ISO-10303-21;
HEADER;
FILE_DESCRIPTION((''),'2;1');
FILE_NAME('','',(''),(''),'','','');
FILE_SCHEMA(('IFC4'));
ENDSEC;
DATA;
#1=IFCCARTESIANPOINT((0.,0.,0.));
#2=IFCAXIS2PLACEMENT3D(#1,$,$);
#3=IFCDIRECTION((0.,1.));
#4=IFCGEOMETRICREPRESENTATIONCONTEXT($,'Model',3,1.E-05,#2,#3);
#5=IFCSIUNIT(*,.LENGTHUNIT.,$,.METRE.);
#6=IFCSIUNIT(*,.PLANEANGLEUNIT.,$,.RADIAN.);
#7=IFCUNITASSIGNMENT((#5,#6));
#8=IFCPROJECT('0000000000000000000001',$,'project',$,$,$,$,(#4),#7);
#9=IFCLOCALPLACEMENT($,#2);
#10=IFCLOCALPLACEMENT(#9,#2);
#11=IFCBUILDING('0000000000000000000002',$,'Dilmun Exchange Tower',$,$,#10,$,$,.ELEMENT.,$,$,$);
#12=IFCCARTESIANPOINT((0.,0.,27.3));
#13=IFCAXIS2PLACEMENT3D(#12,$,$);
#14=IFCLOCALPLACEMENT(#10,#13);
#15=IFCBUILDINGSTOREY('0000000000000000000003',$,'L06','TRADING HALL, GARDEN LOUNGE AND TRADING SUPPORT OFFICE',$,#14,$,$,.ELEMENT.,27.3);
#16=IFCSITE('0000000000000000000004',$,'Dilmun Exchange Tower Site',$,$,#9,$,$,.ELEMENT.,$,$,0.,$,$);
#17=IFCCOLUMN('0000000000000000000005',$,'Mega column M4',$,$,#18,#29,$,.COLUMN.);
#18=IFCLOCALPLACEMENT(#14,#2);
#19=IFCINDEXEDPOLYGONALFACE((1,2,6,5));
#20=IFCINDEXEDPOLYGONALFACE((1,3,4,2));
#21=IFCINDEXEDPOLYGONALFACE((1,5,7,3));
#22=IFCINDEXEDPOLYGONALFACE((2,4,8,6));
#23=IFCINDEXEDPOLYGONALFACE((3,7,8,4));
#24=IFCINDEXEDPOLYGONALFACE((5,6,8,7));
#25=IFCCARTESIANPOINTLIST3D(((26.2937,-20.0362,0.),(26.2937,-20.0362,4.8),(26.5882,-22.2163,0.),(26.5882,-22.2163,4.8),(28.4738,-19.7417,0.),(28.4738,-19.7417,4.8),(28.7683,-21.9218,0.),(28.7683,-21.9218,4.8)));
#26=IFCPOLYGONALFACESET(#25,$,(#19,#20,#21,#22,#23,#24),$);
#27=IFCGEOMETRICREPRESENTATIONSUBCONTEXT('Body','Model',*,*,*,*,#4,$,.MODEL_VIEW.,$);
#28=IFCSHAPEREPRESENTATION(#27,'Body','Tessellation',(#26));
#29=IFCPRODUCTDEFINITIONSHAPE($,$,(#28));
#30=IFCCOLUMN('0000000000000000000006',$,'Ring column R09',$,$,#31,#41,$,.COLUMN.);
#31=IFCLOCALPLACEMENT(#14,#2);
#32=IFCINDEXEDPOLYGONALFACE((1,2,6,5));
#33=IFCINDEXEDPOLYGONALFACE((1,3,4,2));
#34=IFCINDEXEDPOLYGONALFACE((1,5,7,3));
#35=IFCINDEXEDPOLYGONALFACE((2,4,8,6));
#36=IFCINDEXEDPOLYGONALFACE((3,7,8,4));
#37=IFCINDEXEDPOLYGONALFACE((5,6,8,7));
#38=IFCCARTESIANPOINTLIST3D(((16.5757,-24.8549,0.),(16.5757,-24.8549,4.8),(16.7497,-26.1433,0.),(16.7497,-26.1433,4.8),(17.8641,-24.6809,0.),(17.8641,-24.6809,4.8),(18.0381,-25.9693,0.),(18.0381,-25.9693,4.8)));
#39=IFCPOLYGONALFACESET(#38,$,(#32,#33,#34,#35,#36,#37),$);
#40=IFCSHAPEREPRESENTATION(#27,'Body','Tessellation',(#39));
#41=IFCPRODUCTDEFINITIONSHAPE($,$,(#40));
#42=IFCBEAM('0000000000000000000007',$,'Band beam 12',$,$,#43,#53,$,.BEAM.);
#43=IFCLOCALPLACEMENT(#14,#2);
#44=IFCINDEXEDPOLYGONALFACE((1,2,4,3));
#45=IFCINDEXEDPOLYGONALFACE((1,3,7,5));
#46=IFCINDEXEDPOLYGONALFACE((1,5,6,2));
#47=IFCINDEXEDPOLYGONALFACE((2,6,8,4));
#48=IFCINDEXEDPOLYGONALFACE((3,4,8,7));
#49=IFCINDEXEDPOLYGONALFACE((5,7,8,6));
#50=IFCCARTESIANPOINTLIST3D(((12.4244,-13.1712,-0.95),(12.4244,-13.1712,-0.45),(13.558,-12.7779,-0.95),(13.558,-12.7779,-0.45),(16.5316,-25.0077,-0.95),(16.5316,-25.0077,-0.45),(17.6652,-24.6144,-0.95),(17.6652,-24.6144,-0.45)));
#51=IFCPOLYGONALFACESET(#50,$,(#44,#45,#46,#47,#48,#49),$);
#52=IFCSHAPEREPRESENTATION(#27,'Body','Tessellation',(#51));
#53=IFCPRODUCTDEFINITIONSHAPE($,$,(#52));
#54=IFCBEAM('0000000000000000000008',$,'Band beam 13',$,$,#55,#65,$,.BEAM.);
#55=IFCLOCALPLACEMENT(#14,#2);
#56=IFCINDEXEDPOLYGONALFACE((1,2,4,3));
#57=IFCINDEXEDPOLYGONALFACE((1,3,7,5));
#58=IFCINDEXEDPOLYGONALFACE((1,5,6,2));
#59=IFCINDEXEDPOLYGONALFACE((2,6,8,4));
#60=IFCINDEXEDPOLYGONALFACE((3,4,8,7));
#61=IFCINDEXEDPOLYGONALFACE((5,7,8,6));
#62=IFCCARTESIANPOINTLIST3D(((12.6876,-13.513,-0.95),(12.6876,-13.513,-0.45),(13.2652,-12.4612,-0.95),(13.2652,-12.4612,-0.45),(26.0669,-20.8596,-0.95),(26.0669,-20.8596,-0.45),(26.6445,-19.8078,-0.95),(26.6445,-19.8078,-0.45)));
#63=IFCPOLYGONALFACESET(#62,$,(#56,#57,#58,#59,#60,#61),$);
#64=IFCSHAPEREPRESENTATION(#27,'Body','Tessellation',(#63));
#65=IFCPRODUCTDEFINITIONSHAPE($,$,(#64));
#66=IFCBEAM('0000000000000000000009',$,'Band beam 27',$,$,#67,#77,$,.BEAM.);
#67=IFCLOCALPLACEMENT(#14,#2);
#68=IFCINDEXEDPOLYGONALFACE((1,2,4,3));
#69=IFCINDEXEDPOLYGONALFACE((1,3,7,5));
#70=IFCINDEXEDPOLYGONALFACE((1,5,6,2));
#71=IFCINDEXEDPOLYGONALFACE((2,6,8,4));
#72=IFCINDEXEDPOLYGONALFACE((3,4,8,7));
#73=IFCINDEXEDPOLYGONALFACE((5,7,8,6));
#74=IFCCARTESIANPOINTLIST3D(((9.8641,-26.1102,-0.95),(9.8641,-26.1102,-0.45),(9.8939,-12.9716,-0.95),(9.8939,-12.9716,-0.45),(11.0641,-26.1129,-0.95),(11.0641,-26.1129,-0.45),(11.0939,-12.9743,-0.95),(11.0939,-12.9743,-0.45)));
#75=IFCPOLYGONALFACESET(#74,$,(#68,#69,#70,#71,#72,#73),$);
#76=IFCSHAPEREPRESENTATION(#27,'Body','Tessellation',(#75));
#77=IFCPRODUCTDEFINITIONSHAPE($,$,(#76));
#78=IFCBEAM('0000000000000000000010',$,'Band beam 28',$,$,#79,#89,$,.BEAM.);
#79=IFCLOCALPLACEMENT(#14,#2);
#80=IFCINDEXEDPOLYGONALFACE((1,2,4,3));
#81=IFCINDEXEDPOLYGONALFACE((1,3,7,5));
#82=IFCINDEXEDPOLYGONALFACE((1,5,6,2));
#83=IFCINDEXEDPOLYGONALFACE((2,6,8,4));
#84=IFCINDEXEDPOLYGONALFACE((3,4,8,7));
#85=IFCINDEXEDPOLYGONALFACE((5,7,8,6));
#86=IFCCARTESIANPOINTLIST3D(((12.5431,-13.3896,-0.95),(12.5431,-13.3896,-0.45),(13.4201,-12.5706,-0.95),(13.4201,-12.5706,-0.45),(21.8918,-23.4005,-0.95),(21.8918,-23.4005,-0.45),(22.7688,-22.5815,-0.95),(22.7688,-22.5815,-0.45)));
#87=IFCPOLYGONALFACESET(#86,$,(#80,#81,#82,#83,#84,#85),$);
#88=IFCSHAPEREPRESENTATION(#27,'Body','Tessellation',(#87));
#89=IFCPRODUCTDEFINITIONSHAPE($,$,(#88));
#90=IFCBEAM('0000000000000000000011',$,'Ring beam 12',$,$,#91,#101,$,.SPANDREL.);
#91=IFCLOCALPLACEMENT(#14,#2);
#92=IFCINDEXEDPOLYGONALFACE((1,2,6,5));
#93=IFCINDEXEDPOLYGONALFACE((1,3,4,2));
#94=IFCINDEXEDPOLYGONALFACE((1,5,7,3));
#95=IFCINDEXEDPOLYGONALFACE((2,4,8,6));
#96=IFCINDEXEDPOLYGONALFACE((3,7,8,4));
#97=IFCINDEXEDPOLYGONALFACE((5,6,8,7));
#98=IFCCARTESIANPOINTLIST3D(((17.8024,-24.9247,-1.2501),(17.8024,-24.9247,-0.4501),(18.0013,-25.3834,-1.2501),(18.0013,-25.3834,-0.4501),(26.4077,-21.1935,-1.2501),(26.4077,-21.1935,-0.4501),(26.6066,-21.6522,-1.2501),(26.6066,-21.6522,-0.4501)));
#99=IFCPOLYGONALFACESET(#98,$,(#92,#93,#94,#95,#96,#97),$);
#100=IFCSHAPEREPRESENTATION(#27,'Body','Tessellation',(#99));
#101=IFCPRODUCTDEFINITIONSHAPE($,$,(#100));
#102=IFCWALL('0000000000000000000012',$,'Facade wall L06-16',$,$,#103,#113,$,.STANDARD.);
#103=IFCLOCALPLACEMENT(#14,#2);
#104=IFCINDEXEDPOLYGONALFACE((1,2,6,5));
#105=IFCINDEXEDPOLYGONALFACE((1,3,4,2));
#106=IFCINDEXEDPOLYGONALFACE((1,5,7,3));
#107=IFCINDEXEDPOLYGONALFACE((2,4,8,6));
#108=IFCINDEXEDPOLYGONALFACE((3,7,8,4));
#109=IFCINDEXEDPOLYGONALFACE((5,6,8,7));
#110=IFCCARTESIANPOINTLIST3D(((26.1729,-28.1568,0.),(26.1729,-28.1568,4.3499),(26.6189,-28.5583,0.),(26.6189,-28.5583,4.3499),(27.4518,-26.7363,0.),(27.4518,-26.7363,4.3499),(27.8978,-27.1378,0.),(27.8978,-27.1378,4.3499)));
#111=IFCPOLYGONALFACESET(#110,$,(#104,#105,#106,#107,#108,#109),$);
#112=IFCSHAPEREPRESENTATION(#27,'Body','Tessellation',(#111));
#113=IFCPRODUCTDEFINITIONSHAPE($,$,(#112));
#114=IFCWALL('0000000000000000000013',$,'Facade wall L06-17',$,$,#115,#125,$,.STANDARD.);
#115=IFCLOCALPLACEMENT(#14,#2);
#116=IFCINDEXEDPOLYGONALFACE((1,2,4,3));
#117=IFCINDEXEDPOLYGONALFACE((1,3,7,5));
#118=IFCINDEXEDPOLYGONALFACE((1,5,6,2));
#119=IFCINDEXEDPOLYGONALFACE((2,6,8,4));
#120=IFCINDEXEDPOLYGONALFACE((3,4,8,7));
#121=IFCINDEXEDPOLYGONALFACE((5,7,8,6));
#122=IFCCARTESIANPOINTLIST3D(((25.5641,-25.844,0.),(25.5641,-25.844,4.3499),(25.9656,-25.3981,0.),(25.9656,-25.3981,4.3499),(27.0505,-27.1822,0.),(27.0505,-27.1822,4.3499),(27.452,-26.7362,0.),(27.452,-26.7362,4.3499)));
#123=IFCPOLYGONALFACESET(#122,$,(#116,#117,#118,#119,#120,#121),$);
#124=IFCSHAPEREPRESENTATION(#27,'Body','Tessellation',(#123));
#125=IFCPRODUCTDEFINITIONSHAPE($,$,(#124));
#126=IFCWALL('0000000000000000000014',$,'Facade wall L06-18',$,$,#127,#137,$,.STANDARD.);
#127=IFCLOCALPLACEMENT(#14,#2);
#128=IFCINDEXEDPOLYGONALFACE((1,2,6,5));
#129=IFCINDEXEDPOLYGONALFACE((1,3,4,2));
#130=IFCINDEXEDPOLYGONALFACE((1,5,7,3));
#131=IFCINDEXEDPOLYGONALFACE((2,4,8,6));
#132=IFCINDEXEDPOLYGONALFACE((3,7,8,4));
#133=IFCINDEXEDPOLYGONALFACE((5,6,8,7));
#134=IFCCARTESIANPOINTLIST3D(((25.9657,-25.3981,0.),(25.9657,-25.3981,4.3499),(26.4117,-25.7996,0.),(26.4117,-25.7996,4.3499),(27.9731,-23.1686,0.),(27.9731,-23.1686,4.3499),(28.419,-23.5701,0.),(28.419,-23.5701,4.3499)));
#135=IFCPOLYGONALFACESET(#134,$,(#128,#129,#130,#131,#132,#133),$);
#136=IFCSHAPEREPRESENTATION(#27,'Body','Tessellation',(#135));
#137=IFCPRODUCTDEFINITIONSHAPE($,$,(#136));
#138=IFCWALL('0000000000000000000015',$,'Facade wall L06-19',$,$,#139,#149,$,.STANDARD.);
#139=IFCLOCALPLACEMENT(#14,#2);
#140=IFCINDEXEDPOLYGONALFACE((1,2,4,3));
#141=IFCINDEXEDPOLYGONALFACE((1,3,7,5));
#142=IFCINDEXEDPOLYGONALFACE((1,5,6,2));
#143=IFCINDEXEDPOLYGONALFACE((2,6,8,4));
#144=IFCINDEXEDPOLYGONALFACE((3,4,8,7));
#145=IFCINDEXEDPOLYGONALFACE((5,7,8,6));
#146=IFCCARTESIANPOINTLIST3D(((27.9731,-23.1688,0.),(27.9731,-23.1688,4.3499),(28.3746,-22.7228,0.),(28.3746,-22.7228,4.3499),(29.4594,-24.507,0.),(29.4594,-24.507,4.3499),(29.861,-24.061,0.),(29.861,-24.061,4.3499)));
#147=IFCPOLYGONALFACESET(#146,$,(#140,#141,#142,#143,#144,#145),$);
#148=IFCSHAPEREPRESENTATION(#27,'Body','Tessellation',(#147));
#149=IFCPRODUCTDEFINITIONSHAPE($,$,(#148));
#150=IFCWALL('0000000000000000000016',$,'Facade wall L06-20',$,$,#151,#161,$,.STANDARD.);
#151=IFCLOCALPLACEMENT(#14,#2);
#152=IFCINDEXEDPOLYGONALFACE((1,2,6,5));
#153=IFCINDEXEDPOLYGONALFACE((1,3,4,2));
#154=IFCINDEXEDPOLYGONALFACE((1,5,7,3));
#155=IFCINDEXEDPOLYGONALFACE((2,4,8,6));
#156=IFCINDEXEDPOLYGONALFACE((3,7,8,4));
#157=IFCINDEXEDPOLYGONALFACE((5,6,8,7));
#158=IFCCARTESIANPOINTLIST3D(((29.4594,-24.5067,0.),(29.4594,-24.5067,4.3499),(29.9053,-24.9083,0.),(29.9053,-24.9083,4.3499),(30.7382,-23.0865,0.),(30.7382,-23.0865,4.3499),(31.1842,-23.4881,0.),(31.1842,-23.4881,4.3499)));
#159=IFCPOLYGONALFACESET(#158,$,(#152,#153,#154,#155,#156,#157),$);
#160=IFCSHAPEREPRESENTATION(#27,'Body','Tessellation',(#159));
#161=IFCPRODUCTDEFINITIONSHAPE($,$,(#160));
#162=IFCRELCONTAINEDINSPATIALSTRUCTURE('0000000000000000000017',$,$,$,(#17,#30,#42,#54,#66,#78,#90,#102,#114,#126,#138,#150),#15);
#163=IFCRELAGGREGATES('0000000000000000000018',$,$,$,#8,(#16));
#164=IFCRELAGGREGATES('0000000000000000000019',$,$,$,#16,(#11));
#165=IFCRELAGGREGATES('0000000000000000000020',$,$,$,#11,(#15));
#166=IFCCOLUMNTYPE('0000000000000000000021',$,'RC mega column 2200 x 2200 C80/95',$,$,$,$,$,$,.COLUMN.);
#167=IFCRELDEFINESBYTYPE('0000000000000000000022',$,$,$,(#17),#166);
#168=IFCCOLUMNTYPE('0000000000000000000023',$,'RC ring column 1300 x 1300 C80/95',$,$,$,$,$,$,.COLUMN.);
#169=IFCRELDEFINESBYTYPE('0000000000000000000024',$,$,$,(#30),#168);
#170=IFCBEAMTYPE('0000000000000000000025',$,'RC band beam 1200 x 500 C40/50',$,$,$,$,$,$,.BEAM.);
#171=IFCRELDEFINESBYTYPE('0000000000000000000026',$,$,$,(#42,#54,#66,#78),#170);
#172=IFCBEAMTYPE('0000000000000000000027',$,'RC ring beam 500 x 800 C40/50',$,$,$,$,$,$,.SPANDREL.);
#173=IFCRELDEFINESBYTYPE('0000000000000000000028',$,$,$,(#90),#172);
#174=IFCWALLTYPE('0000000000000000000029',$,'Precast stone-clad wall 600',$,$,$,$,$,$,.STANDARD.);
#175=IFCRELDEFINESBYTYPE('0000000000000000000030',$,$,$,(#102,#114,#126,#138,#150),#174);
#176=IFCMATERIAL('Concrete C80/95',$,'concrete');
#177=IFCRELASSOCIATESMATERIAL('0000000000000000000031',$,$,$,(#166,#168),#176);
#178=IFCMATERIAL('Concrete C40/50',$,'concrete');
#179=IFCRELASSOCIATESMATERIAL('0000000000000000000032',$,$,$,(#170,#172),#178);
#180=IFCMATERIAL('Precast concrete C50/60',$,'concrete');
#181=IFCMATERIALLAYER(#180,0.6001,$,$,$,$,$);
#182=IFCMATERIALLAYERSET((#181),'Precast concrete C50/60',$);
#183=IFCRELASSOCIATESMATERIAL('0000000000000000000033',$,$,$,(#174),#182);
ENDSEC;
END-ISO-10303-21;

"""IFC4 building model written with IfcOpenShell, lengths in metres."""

from ifc_helpers import new_model, si_unit, direction, frame, frame_2d, origin, origin_2d, place, context, subcontext, project, spatial, rectangle, extrude, material, layer, layer_set, material_profile, profile_set, type_object, element, save


model = new_model("IFC4")

# Units and contexts
model_context = context("Model", 3, precision=1e-05, world=origin(), true_north=direction((0.0, 1.0)))
body_context = subcontext(model_context, "Body", "Model", "MODEL_VIEW")
ifc_project = project(units=[si_unit("LENGTHUNIT", "METRE"), si_unit("PLANEANGLEUNIT", "RADIAN")], contexts=[model_context])

# Site, building, storey
site_placement = place(None, origin())
site = spatial("IfcSite", under=ifc_project, at=site_placement, Name="Dilmun Exchange Tower Site", CompositionType="ELEMENT", RefElevation=0.0)
building_placement = place(site_placement, origin())
building = spatial("IfcBuilding", under=site, at=building_placement, Name="Dilmun Exchange Tower", CompositionType="ELEMENT")
storey_placement = place(building_placement, frame((0.0, 0.0, 27.3)))
storey = spatial("IfcBuildingStorey", under=building, at=storey_placement, Name="L06", Description="TRADING HALL, GARDEN LOUNGE AND TRADING SUPPORT OFFICE", CompositionType="ELEMENT", Elevation=27.3)

# Columns
ifc_material_1 = material(Name="Concrete C80/95", Category="concrete")
ifc_material_profile_1 = material_profile(ifc_material_1, rectangle(XDim=2.2, YDim=2.2, at=origin_2d()), Name="2200 x 2200")
ifc_profile_set_1 = profile_set([ifc_material_profile_1], Name="Concrete C80/95")
column_type_1 = type_object("IfcColumnType", Name="RC mega column 2200 x 2200 C80/95", PredefinedType="COLUMN", material=ifc_profile_set_1)
column_1_placement = place(storey_placement, frame((27.531, -20.979, 0.0), z_axis=(0.0, 0.0, 1.0), x_axis=(0.991001, 0.133853, 0.0)))
element("IfcColumn", 1, at=column_1_placement, inside=storey, type_object=column_type_1, Name="Mega column M4", PredefinedType="COLUMN", context=body_context, shape_type="SweptSolid", body=[
    extrude(rectangle(XDim=2.2, YDim=2.2, at=origin_2d()), origin(), (0.0, 0.0, 1.0), 4.8),
])
ifc_material_profile_2 = material_profile(ifc_material_1, rectangle(XDim=1.3, YDim=1.3, at=origin_2d()), Name="1300 x 1300")
ifc_profile_set_2 = profile_set([ifc_material_profile_2], Name="Concrete C80/95")
column_type_2 = type_object("IfcColumnType", Name="RC ring column 1300 x 1300 C80/95", PredefinedType="COLUMN", material=ifc_profile_set_2)
column_2_placement = place(storey_placement, frame((17.3069, -25.4121, 0.0), z_axis=(0.0, 0.0, 1.0), x_axis=(0.991001, 0.133853, 0.0)))
element("IfcColumn", 2, at=column_2_placement, inside=storey, type_object=column_type_2, Name="Ring column R09", PredefinedType="COLUMN", context=body_context, shape_type="SweptSolid", body=[
    extrude(rectangle(XDim=1.3, YDim=1.3, at=origin_2d()), origin(), (0.0, 0.0, 1.0), 4.8),
])

# Beams
ifc_material_2 = material(Name="Concrete C40/50", Category="concrete")
ifc_material_profile_3 = material_profile(ifc_material_2, rectangle(XDim=1.2, YDim=0.5, at=origin_2d()), Name="1200 x 500")
ifc_profile_set_3 = profile_set([ifc_material_profile_3], Name="Concrete C40/50")
beam_type_1 = type_object("IfcBeamType", Name="RC band beam 1200 x 500 C40/50", PredefinedType="BEAM", material=ifc_profile_set_3)
beam_1_placement = place(storey_placement, frame((17.0984, -24.811, -0.7), z_axis=(-0.32782, 0.94474, 0.0), x_axis=(-0.94474, -0.32782, 0.0)))
element("IfcBeam", 3, at=beam_1_placement, inside=storey, type_object=beam_type_1, Name="Band beam 12", PredefinedType="BEAM", context=body_context, shape_type="SweptSolid", body=[
    extrude(rectangle(XDim=1.2, YDim=0.5, at=origin_2d()), origin(), (0.0, 0.0, 1.0), 12.5288),
])
beam_2_placement = place(storey_placement, frame((26.3557, -20.3337, -0.7), z_axis=(-0.876547, 0.481316, 0.0), x_axis=(-0.481316, -0.876547, 0.0)))
element("IfcBeam", 4, at=beam_2_placement, inside=storey, type_object=beam_type_1, Name="Band beam 13", PredefinedType="BEAM", context=body_context, shape_type="SweptSolid", body=[
    extrude(rectangle(XDim=1.2, YDim=0.5, at=origin_2d()), origin(), (0.0, 0.0, 1.0), 15.2637),
])
beam_3_placement = place(storey_placement, frame((10.4641, -26.1116, -0.7), z_axis=(0.002267, 0.999997, 0.0), x_axis=(-0.999997, 0.002267, 0.0)))
element("IfcBeam", 5, at=beam_3_placement, inside=storey, type_object=beam_type_1, Name="Band beam 27", PredefinedType="BEAM", context=body_context, shape_type="SweptSolid", body=[
    extrude(rectangle(XDim=1.2, YDim=0.5, at=origin_2d()), origin(), (0.0, 0.0, 1.0), 13.1387),
])
beam_4_placement = place(storey_placement, frame((22.3303, -22.991, -0.7), z_axis=(-0.682524, 0.730863, 0.0), x_axis=(-0.730863, -0.682524, 0.0)))
element("IfcBeam", 6, at=beam_4_placement, inside=storey, type_object=beam_type_1, Name="Band beam 28", PredefinedType="BEAM", context=body_context, shape_type="SweptSolid", body=[
    extrude(rectangle(XDim=1.2, YDim=0.5, at=origin_2d()), origin(), (0.0, 0.0, 1.0), 13.6973),
])
ifc_material_profile_4 = material_profile(ifc_material_2, rectangle(XDim=0.5, YDim=0.8, at=origin_2d()), Name="500 x 800")
ifc_profile_set_4 = profile_set([ifc_material_profile_4], Name="Concrete C40/50")
beam_type_2 = type_object("IfcBeamType", Name="RC ring beam 500 x 800 C40/50", PredefinedType="SPANDREL", material=ifc_profile_set_4)
beam_5_placement = place(storey_placement, frame((17.9019, -25.1541, -0.8501), z_axis=(0.917467, 0.397811, 0.0), x_axis=(-0.397811, 0.917467, 0.0)))
element("IfcBeam", 7, at=beam_5_placement, inside=storey, type_object=beam_type_2, Name="Ring beam 12", PredefinedType="SPANDREL", context=body_context, shape_type="SweptSolid", body=[
    extrude(rectangle(XDim=0.5, YDim=0.8, at=origin_2d()), origin(), (0.0, 0.0, 1.0), 9.3794),
])

# Walls
ifc_material_3 = material(Name="Precast concrete C50/60", Category="concrete")
ifc_layer = layer(ifc_material_3, 0.6001)
ifc_layer_set = layer_set([ifc_layer], Name="Precast concrete C50/60")
wall_type = type_object("IfcWallType", Name="Precast stone-clad wall 600", PredefinedType="STANDARD", material=ifc_layer_set)
wall_1_placement = place(storey_placement, frame((26.396, -28.3574, 0.0), z_axis=(0.0, 0.0, 1.0), x_axis=(0.669092, 0.74318, 0.0)))
element("IfcWall", 8, at=wall_1_placement, inside=storey, type_object=wall_type, Name="Facade wall L06-16", PredefinedType="STANDARD", context=body_context, shape_type="SweptSolid", body=[
    extrude(rectangle(XDim=1.9114, YDim=0.6001, at=frame_2d((0.9556, 0.0))), origin(), (0.0, 0.0, 1.0), 4.3499),
])
wall_2_placement = place(storey_placement, frame((27.2512, -26.9592, 0.0), z_axis=(0.0, 0.0, 1.0), x_axis=(-0.743185, 0.669086, 0.0)))
element("IfcWall", 9, at=wall_2_placement, inside=storey, type_object=wall_type, Name="Facade wall L06-17", PredefinedType="STANDARD", context=body_context, shape_type="SweptSolid", body=[
    extrude(rectangle(XDim=2.0, YDim=0.6001, at=frame_2d((1.0, 0.0))), origin(), (0.0, 0.0, 1.0), 4.3499),
])
wall_3_placement = place(storey_placement, frame((26.1887, -25.5989, 0.0), z_axis=(0.0, 0.0, 1.0), x_axis=(0.669109, 0.743165, 0.0)))
element("IfcWall", 10, at=wall_3_placement, inside=storey, type_object=wall_type, Name="Facade wall L06-18", PredefinedType="STANDARD", context=body_context, shape_type="SweptSolid", body=[
    extrude(rectangle(XDim=3.0, YDim=0.6001, at=frame_2d((1.5, 0.0))), origin(), (0.0, 0.0, 1.0), 4.3499),
])
wall_4_placement = place(storey_placement, frame((28.1738, -22.9458, 0.0), z_axis=(0.0, 0.0, 1.0), x_axis=(0.743185, -0.669086, 0.0)))
element("IfcWall", 11, at=wall_4_placement, inside=storey, type_object=wall_type, Name="Facade wall L06-19", PredefinedType="STANDARD", context=body_context, shape_type="SweptSolid", body=[
    extrude(rectangle(XDim=2.0, YDim=0.6001, at=frame_2d((1.0, 0.0))), origin(), (0.0, 0.0, 1.0), 4.3499),
])
wall_5_placement = place(storey_placement, frame((29.6824, -24.7075, 0.0), z_axis=(0.0, 0.0, 1.0), x_axis=(0.669155, 0.743123, 0.0)))
element("IfcWall", 12, at=wall_5_placement, inside=storey, type_object=wall_type, Name="Facade wall L06-20", PredefinedType="STANDARD", context=body_context, shape_type="SweptSolid", body=[
    extrude(rectangle(XDim=1.9111, YDim=0.6001, at=frame_2d((0.9556, 0.0))), origin(), (0.0, 0.0, 1.0), 4.3499),
])

save(model, "model.ifc")
